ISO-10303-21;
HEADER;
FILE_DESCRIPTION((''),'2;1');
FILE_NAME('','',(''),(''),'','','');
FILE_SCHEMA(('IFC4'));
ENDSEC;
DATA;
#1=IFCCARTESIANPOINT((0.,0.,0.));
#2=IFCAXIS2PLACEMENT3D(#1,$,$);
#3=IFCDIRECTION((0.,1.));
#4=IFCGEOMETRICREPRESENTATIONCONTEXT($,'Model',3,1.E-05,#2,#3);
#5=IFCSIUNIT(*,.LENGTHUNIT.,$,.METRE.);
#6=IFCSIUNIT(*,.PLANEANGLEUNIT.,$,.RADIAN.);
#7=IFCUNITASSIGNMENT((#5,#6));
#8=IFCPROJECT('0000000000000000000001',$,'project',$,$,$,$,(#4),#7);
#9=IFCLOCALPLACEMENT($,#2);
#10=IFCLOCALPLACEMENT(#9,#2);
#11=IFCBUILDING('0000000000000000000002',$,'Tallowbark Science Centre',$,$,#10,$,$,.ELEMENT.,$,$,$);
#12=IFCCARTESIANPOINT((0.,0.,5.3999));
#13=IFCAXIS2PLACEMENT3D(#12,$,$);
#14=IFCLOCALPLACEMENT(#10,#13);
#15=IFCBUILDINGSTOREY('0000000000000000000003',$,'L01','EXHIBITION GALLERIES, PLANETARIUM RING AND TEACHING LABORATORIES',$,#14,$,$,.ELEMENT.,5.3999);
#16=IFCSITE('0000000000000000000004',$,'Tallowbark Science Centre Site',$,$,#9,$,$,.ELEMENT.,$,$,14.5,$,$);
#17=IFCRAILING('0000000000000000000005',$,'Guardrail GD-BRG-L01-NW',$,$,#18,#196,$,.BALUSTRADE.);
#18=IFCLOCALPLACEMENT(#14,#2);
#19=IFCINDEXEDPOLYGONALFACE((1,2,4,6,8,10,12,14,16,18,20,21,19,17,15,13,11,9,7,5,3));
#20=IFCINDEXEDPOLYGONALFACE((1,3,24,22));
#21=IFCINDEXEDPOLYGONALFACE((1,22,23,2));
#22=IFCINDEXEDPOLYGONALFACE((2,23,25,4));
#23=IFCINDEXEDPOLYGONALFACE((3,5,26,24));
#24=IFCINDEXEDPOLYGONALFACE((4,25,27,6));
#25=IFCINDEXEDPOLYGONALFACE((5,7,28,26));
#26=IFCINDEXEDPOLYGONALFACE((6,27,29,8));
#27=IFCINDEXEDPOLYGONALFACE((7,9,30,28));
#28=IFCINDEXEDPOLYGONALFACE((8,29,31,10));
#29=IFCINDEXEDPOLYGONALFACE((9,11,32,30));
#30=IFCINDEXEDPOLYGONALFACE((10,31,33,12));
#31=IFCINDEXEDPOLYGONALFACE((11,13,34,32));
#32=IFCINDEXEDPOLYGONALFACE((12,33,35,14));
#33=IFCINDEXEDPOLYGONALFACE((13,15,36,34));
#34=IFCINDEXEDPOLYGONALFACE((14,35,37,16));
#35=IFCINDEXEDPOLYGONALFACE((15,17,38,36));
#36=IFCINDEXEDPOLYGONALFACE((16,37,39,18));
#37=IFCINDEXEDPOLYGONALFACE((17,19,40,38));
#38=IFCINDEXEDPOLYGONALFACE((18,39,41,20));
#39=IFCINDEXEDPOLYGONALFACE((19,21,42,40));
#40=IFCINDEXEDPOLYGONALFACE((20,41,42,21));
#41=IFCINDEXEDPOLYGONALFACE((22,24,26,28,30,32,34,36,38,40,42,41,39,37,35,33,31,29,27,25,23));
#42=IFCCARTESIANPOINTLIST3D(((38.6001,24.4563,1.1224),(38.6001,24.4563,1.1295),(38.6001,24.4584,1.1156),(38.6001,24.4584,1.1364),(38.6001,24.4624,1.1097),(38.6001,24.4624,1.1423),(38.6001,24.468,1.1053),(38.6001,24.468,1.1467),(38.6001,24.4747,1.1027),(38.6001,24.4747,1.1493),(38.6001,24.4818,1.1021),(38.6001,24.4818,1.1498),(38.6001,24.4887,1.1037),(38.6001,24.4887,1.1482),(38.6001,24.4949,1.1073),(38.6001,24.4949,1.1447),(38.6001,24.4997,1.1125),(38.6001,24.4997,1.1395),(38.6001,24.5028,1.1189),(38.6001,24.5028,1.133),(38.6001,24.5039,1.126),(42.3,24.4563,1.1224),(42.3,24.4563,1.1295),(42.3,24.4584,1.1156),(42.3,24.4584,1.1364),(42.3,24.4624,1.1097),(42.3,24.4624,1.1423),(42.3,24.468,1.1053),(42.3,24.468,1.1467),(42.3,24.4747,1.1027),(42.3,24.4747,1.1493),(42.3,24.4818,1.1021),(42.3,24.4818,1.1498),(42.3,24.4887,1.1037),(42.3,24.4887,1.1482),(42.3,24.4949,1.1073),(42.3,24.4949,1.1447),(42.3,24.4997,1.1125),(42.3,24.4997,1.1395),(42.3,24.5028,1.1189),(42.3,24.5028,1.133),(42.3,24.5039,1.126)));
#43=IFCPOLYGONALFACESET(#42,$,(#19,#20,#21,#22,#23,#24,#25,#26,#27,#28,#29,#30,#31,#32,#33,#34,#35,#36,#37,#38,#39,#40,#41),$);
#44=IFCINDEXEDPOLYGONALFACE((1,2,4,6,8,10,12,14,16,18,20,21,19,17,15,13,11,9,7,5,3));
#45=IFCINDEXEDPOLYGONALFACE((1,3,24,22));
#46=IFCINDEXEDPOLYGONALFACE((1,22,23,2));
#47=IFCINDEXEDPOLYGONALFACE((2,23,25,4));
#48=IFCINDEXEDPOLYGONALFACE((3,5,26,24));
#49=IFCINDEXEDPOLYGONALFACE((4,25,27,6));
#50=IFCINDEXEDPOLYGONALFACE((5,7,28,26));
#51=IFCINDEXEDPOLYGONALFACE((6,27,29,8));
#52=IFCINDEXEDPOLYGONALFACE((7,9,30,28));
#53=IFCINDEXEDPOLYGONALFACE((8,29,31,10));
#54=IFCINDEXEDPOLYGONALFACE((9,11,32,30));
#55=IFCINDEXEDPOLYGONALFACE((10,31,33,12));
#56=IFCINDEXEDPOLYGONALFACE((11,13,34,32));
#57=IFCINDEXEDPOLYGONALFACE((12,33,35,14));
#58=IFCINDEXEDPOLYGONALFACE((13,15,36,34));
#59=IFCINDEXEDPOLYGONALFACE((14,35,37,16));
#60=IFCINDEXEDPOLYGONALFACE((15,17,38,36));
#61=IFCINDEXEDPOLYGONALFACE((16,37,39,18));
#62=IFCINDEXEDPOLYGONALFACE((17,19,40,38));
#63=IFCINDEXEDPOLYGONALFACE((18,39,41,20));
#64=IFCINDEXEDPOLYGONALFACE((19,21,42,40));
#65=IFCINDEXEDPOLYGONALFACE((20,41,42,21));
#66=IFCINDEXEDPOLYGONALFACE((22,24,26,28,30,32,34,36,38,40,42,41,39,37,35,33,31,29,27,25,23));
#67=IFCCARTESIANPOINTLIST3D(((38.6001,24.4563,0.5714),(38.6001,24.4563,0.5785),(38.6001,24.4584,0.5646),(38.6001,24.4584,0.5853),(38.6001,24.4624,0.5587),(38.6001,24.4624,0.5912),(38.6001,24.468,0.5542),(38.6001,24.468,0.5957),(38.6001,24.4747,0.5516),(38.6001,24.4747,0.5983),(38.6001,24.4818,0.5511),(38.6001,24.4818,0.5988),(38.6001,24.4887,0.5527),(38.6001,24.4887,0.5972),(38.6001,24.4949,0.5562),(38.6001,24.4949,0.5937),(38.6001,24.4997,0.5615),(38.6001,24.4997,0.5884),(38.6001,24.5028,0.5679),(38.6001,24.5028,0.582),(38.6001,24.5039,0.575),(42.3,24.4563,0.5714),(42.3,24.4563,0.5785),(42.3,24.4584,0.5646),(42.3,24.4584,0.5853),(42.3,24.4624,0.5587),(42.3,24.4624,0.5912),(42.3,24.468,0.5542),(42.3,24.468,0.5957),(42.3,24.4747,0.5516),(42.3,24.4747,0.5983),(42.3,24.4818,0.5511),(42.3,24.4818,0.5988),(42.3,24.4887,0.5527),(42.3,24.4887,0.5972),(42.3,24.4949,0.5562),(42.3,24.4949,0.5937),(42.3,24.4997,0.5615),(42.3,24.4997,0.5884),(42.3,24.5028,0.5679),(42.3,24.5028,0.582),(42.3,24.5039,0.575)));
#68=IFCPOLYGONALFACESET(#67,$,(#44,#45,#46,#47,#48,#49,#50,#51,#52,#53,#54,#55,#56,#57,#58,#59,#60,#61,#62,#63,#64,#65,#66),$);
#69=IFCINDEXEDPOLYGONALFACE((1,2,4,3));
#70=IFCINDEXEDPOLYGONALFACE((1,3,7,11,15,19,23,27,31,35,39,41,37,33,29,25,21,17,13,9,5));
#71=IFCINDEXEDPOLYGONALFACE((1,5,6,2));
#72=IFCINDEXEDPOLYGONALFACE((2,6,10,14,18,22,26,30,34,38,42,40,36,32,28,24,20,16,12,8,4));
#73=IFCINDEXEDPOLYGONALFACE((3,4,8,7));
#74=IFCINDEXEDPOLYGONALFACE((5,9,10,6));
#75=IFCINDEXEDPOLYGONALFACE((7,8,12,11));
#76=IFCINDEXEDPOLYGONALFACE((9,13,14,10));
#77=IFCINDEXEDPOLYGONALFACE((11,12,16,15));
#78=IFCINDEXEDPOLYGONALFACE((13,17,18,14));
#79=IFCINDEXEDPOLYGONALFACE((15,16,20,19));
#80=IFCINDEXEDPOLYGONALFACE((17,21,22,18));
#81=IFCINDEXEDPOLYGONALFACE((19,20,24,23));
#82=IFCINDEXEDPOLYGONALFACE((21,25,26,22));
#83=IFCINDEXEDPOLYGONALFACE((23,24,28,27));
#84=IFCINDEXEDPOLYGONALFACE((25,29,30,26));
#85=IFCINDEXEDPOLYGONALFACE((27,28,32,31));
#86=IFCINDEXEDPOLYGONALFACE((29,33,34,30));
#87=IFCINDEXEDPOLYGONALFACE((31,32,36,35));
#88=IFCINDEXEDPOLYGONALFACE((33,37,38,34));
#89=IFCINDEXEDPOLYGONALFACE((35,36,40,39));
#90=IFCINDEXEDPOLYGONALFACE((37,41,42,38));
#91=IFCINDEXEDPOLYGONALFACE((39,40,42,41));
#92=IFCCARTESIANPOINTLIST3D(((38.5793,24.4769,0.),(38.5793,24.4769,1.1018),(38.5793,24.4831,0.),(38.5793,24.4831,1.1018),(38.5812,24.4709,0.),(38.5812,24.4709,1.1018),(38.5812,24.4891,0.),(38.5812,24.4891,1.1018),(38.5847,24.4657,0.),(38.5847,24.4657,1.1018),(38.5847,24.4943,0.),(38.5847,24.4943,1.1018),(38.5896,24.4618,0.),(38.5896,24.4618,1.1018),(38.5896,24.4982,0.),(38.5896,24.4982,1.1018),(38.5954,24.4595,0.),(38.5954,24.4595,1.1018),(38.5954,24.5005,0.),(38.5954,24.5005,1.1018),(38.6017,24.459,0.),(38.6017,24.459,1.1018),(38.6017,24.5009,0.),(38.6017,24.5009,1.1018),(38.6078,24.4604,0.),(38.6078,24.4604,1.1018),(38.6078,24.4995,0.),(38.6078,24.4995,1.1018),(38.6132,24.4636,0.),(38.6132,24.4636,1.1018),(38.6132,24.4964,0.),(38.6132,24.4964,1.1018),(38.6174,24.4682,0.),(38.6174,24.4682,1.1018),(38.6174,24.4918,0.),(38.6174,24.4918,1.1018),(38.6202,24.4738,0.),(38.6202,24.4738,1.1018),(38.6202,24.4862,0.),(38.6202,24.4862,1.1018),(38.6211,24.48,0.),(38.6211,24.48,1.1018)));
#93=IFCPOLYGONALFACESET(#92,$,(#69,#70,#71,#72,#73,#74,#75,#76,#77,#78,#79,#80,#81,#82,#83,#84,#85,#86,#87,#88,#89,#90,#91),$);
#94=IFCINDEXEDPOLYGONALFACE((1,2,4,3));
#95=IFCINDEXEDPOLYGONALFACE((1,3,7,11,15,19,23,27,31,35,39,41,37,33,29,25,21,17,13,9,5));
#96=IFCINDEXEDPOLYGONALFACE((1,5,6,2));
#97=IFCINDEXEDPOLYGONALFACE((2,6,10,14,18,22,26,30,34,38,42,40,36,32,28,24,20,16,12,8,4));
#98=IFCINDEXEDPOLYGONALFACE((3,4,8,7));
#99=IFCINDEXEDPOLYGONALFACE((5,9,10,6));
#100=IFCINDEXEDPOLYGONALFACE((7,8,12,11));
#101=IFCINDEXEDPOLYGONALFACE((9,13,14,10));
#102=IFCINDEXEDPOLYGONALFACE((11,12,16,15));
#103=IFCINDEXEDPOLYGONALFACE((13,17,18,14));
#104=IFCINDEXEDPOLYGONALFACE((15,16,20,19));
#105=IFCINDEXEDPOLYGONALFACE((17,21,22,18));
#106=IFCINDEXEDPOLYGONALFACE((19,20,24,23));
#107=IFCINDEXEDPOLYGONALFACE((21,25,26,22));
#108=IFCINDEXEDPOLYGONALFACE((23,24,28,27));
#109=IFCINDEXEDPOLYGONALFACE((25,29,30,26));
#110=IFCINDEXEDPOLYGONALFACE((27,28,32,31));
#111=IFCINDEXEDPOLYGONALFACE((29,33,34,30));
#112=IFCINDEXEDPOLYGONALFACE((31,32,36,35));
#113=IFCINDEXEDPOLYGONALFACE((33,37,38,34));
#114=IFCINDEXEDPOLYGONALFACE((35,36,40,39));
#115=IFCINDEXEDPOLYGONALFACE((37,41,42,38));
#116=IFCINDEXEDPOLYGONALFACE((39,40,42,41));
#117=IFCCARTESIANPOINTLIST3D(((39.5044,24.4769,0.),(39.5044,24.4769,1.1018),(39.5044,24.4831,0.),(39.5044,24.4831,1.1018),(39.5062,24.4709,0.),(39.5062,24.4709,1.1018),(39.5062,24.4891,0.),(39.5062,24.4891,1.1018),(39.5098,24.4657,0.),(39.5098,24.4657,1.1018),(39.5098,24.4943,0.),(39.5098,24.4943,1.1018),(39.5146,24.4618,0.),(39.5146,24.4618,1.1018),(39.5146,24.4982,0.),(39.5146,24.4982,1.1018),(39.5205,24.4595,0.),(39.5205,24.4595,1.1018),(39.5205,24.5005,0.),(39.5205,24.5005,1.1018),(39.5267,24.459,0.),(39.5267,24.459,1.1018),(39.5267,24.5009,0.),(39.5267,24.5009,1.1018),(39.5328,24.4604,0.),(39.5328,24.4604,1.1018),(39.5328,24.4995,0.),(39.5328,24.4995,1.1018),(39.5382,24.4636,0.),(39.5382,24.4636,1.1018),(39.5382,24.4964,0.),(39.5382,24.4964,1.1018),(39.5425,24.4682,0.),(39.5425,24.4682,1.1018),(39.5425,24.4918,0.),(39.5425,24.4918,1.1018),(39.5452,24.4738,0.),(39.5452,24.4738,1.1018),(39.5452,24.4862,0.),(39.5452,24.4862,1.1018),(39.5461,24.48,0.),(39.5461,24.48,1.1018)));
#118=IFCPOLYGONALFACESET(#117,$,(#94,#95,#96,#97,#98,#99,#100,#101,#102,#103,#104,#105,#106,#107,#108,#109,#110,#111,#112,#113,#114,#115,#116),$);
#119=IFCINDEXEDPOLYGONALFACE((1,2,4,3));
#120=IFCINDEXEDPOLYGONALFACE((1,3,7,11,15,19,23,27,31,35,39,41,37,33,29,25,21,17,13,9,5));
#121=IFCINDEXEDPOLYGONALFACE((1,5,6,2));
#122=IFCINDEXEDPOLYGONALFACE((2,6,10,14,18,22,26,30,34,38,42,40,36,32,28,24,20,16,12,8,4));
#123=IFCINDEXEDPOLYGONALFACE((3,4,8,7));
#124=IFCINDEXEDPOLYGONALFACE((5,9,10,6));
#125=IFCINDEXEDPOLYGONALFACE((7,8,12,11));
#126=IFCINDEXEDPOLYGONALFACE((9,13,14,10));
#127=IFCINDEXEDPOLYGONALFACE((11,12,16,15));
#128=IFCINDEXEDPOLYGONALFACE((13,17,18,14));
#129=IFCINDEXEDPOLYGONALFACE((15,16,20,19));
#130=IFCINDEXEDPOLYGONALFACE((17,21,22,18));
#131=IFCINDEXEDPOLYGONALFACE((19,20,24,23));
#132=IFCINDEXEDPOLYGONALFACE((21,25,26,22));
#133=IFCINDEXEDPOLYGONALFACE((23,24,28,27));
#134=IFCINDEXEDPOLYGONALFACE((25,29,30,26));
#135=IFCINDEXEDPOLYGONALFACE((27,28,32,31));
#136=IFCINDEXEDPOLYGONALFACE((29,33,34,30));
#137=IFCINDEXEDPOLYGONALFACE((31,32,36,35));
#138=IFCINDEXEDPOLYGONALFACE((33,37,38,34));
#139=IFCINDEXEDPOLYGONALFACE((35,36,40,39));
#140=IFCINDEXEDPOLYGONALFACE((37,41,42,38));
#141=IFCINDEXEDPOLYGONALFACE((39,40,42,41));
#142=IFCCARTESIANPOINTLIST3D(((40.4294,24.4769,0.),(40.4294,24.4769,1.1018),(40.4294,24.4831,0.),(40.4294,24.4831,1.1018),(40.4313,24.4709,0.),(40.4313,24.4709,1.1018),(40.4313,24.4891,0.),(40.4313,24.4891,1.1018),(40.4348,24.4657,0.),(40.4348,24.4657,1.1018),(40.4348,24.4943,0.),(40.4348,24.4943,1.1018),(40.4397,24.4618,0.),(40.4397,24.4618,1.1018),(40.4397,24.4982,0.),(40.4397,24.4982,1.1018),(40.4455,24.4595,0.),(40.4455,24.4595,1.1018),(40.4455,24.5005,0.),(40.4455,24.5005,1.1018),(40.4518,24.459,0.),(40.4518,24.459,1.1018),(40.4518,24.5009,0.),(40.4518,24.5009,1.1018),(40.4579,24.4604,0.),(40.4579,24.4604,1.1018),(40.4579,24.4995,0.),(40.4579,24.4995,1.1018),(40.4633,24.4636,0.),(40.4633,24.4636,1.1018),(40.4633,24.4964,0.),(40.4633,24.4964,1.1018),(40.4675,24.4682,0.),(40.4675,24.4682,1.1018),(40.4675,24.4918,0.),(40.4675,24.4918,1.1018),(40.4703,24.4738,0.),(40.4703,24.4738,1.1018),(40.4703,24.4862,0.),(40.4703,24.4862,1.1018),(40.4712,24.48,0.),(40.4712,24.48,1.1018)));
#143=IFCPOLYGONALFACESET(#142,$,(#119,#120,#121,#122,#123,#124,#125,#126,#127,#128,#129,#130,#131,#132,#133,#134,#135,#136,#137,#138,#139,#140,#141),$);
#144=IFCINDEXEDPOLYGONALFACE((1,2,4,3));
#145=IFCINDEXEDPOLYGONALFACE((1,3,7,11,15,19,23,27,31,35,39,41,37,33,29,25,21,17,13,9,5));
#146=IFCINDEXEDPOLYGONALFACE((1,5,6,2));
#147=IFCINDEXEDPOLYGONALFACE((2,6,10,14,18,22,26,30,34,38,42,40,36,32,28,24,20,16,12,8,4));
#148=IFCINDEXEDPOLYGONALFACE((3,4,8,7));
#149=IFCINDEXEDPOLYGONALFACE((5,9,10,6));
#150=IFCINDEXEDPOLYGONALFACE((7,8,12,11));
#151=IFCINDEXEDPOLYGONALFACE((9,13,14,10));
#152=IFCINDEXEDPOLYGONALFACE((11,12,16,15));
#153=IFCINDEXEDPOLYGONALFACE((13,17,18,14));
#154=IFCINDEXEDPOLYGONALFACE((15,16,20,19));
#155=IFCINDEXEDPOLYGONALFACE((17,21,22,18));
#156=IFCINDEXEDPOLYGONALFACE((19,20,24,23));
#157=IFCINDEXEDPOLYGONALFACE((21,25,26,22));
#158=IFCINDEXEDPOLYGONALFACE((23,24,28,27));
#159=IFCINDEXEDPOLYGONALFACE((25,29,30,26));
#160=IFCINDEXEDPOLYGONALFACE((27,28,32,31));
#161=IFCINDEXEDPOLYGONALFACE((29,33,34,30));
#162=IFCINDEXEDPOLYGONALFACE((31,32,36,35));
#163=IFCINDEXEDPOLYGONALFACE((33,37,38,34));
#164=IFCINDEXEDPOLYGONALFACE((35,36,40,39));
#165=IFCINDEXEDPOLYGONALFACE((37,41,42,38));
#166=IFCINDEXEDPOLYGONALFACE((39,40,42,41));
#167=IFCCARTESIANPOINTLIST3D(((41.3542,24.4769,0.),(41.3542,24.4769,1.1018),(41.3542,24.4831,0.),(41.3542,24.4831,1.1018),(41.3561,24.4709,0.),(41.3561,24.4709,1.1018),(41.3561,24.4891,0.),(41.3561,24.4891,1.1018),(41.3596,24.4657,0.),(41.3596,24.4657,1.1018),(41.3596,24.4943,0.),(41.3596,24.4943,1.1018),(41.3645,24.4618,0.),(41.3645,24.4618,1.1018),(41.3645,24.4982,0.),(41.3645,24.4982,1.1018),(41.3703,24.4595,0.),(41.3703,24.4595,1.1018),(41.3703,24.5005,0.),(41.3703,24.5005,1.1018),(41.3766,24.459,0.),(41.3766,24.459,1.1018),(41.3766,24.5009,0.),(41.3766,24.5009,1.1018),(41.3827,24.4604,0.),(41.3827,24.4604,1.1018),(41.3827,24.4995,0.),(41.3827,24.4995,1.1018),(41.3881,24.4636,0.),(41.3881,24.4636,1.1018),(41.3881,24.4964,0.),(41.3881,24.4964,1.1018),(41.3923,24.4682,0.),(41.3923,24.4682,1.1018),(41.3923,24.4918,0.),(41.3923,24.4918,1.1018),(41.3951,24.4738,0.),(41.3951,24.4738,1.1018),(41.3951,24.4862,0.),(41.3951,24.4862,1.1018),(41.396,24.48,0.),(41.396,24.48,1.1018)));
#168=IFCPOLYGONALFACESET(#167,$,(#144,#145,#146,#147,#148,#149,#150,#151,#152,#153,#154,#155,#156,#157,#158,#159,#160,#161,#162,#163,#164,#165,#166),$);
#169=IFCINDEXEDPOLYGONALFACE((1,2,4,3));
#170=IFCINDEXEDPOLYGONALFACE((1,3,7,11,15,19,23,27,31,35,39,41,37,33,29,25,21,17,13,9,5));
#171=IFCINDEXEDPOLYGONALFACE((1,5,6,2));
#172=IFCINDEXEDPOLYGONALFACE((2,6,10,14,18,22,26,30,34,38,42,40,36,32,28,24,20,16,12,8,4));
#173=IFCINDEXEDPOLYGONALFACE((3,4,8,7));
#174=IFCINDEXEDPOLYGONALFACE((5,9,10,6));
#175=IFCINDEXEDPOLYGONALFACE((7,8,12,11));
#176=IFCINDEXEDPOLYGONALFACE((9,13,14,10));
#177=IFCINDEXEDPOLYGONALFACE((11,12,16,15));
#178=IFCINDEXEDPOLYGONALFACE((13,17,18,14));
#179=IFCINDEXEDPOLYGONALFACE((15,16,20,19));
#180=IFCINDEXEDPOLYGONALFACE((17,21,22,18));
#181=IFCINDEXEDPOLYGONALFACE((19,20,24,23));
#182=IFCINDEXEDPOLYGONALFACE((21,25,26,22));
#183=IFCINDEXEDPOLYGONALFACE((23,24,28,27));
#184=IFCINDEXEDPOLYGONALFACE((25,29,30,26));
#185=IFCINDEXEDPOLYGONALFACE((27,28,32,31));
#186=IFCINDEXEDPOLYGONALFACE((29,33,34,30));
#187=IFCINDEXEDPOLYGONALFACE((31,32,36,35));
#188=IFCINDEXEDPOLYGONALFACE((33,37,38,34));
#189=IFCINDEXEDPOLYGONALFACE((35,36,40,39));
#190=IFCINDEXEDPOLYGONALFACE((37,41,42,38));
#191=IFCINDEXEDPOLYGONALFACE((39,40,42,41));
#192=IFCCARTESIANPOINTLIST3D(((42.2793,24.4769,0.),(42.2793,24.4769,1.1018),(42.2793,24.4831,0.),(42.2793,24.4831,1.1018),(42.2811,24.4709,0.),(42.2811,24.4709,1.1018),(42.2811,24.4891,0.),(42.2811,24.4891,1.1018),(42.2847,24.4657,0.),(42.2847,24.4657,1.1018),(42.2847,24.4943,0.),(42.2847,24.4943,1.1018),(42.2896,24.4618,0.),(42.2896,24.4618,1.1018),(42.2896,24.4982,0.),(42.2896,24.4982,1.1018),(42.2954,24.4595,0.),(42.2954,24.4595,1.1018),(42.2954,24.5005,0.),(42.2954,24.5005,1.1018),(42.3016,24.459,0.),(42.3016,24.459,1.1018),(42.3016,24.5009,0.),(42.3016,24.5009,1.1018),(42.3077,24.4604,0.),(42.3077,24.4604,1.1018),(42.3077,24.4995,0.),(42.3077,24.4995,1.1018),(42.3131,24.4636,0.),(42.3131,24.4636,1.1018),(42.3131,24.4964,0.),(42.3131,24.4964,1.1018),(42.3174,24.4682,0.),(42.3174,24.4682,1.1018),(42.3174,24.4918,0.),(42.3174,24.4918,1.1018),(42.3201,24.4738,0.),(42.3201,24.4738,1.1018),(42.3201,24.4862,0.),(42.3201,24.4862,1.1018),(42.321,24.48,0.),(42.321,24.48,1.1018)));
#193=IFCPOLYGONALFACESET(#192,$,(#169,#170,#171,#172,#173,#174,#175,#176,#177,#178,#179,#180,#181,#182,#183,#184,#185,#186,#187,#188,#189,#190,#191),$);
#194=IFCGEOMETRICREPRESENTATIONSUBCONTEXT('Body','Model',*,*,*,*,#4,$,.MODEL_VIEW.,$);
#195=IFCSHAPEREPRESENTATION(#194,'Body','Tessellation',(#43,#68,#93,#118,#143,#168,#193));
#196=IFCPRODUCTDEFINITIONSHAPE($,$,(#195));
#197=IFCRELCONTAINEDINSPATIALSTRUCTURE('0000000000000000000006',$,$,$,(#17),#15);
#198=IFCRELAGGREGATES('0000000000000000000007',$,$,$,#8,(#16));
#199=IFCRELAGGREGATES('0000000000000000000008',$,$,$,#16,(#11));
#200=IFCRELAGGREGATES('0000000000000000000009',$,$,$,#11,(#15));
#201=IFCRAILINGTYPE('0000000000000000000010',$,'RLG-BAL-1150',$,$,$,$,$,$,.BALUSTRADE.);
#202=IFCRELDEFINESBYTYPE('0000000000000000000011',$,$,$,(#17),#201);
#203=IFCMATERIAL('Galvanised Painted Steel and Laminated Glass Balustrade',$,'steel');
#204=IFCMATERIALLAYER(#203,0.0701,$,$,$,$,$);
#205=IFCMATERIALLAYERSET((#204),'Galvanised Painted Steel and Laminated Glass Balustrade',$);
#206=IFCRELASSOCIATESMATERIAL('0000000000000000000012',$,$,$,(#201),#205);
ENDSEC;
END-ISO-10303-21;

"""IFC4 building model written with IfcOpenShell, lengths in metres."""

from ifc_helpers import new_model, si_unit, direction, frame, origin, origin_2d, place, context, subcontext, project, spatial, circle, extrude, material, layer, layer_set, type_object, element, save


model = new_model("IFC4")

# Units and contexts
model_context = context("Model", 3, precision=1e-05, world=origin(), true_north=direction((0.0, 1.0)))
body_context = subcontext(model_context, "Body", "Model", "MODEL_VIEW")
ifc_project = project(units=[si_unit("LENGTHUNIT", "METRE"), si_unit("PLANEANGLEUNIT", "RADIAN")], contexts=[model_context])

# Site, building, storey
site_placement = place(None, origin())
site = spatial("IfcSite", under=ifc_project, at=site_placement, Name="Tallowbark Science Centre Site", CompositionType="ELEMENT", RefElevation=14.5)
building_placement = place(site_placement, origin())
building = spatial("IfcBuilding", under=site, at=building_placement, Name="Tallowbark Science Centre", CompositionType="ELEMENT")
storey_placement = place(building_placement, frame((0.0, 0.0, 5.3999)))
storey = spatial("IfcBuildingStorey", under=building, at=storey_placement, Name="L01", Description="EXHIBITION GALLERIES, PLANETARIUM RING AND TEACHING LABORATORIES", CompositionType="ELEMENT", Elevation=5.3999)

# Railing
ifc_material_1 = material(Name="Galvanised Painted Steel and Laminated Glass Balustrade", Category="steel")
ifc_layer_1 = layer(ifc_material_1, 0.0701)
ifc_layer_set_1 = layer_set([ifc_layer_1], Name="Galvanised Painted Steel and Laminated Glass Balustrade")
railing_type = type_object("IfcRailingType", Name="RLG-BAL-1150", PredefinedType="BALUSTRADE", material=ifc_layer_set_1)
railing_1_placement = place(storey_placement, frame((38.6001, 24.48, 0.0)))
element("IfcRailing", 1, at=railing_1_placement, inside=storey, type_object=railing_type, Name="Guardrail GD-BRG-L01-NW", PredefinedType="BALUSTRADE", context=body_context, shape_type="SweptSolid", body=[
    extrude(circle(Radius=0.0239, at=origin_2d()), frame((0.0, 0.0, 1.126), z_axis=(1.0, 0.0, 0.0), x_axis=(0.0, 1.0, 0.0)), (0.0, 0.0, 1.0), 3.7),
    extrude(circle(Radius=0.0239, at=origin_2d()), frame((0.0, 0.0, 0.575), z_axis=(1.0, 0.0, 0.0), x_axis=(0.0, 1.0, 0.0)), (0.0, 0.0, 1.0), 3.7),
    extrude(circle(Radius=0.021, at=origin_2d()), origin(), (0.0, 0.0, 1.0), 1.1018),
    extrude(circle(Radius=0.021, at=origin_2d()), frame((0.925, 0.0, 0.0)), (0.0, 0.0, 1.0), 1.1018),
    extrude(circle(Radius=0.021, at=origin_2d()), frame((1.8501, 0.0, 0.0)), (0.0, 0.0, 1.0), 1.1018),
    extrude(circle(Radius=0.021, at=origin_2d()), frame((2.7749, 0.0, 0.0)), (0.0, 0.0, 1.0), 1.1018),
    extrude(circle(Radius=0.021, at=origin_2d()), frame((3.7, 0.0, 0.0)), (0.0, 0.0, 1.0), 1.1018),
])

save(model, "model.ifc")
